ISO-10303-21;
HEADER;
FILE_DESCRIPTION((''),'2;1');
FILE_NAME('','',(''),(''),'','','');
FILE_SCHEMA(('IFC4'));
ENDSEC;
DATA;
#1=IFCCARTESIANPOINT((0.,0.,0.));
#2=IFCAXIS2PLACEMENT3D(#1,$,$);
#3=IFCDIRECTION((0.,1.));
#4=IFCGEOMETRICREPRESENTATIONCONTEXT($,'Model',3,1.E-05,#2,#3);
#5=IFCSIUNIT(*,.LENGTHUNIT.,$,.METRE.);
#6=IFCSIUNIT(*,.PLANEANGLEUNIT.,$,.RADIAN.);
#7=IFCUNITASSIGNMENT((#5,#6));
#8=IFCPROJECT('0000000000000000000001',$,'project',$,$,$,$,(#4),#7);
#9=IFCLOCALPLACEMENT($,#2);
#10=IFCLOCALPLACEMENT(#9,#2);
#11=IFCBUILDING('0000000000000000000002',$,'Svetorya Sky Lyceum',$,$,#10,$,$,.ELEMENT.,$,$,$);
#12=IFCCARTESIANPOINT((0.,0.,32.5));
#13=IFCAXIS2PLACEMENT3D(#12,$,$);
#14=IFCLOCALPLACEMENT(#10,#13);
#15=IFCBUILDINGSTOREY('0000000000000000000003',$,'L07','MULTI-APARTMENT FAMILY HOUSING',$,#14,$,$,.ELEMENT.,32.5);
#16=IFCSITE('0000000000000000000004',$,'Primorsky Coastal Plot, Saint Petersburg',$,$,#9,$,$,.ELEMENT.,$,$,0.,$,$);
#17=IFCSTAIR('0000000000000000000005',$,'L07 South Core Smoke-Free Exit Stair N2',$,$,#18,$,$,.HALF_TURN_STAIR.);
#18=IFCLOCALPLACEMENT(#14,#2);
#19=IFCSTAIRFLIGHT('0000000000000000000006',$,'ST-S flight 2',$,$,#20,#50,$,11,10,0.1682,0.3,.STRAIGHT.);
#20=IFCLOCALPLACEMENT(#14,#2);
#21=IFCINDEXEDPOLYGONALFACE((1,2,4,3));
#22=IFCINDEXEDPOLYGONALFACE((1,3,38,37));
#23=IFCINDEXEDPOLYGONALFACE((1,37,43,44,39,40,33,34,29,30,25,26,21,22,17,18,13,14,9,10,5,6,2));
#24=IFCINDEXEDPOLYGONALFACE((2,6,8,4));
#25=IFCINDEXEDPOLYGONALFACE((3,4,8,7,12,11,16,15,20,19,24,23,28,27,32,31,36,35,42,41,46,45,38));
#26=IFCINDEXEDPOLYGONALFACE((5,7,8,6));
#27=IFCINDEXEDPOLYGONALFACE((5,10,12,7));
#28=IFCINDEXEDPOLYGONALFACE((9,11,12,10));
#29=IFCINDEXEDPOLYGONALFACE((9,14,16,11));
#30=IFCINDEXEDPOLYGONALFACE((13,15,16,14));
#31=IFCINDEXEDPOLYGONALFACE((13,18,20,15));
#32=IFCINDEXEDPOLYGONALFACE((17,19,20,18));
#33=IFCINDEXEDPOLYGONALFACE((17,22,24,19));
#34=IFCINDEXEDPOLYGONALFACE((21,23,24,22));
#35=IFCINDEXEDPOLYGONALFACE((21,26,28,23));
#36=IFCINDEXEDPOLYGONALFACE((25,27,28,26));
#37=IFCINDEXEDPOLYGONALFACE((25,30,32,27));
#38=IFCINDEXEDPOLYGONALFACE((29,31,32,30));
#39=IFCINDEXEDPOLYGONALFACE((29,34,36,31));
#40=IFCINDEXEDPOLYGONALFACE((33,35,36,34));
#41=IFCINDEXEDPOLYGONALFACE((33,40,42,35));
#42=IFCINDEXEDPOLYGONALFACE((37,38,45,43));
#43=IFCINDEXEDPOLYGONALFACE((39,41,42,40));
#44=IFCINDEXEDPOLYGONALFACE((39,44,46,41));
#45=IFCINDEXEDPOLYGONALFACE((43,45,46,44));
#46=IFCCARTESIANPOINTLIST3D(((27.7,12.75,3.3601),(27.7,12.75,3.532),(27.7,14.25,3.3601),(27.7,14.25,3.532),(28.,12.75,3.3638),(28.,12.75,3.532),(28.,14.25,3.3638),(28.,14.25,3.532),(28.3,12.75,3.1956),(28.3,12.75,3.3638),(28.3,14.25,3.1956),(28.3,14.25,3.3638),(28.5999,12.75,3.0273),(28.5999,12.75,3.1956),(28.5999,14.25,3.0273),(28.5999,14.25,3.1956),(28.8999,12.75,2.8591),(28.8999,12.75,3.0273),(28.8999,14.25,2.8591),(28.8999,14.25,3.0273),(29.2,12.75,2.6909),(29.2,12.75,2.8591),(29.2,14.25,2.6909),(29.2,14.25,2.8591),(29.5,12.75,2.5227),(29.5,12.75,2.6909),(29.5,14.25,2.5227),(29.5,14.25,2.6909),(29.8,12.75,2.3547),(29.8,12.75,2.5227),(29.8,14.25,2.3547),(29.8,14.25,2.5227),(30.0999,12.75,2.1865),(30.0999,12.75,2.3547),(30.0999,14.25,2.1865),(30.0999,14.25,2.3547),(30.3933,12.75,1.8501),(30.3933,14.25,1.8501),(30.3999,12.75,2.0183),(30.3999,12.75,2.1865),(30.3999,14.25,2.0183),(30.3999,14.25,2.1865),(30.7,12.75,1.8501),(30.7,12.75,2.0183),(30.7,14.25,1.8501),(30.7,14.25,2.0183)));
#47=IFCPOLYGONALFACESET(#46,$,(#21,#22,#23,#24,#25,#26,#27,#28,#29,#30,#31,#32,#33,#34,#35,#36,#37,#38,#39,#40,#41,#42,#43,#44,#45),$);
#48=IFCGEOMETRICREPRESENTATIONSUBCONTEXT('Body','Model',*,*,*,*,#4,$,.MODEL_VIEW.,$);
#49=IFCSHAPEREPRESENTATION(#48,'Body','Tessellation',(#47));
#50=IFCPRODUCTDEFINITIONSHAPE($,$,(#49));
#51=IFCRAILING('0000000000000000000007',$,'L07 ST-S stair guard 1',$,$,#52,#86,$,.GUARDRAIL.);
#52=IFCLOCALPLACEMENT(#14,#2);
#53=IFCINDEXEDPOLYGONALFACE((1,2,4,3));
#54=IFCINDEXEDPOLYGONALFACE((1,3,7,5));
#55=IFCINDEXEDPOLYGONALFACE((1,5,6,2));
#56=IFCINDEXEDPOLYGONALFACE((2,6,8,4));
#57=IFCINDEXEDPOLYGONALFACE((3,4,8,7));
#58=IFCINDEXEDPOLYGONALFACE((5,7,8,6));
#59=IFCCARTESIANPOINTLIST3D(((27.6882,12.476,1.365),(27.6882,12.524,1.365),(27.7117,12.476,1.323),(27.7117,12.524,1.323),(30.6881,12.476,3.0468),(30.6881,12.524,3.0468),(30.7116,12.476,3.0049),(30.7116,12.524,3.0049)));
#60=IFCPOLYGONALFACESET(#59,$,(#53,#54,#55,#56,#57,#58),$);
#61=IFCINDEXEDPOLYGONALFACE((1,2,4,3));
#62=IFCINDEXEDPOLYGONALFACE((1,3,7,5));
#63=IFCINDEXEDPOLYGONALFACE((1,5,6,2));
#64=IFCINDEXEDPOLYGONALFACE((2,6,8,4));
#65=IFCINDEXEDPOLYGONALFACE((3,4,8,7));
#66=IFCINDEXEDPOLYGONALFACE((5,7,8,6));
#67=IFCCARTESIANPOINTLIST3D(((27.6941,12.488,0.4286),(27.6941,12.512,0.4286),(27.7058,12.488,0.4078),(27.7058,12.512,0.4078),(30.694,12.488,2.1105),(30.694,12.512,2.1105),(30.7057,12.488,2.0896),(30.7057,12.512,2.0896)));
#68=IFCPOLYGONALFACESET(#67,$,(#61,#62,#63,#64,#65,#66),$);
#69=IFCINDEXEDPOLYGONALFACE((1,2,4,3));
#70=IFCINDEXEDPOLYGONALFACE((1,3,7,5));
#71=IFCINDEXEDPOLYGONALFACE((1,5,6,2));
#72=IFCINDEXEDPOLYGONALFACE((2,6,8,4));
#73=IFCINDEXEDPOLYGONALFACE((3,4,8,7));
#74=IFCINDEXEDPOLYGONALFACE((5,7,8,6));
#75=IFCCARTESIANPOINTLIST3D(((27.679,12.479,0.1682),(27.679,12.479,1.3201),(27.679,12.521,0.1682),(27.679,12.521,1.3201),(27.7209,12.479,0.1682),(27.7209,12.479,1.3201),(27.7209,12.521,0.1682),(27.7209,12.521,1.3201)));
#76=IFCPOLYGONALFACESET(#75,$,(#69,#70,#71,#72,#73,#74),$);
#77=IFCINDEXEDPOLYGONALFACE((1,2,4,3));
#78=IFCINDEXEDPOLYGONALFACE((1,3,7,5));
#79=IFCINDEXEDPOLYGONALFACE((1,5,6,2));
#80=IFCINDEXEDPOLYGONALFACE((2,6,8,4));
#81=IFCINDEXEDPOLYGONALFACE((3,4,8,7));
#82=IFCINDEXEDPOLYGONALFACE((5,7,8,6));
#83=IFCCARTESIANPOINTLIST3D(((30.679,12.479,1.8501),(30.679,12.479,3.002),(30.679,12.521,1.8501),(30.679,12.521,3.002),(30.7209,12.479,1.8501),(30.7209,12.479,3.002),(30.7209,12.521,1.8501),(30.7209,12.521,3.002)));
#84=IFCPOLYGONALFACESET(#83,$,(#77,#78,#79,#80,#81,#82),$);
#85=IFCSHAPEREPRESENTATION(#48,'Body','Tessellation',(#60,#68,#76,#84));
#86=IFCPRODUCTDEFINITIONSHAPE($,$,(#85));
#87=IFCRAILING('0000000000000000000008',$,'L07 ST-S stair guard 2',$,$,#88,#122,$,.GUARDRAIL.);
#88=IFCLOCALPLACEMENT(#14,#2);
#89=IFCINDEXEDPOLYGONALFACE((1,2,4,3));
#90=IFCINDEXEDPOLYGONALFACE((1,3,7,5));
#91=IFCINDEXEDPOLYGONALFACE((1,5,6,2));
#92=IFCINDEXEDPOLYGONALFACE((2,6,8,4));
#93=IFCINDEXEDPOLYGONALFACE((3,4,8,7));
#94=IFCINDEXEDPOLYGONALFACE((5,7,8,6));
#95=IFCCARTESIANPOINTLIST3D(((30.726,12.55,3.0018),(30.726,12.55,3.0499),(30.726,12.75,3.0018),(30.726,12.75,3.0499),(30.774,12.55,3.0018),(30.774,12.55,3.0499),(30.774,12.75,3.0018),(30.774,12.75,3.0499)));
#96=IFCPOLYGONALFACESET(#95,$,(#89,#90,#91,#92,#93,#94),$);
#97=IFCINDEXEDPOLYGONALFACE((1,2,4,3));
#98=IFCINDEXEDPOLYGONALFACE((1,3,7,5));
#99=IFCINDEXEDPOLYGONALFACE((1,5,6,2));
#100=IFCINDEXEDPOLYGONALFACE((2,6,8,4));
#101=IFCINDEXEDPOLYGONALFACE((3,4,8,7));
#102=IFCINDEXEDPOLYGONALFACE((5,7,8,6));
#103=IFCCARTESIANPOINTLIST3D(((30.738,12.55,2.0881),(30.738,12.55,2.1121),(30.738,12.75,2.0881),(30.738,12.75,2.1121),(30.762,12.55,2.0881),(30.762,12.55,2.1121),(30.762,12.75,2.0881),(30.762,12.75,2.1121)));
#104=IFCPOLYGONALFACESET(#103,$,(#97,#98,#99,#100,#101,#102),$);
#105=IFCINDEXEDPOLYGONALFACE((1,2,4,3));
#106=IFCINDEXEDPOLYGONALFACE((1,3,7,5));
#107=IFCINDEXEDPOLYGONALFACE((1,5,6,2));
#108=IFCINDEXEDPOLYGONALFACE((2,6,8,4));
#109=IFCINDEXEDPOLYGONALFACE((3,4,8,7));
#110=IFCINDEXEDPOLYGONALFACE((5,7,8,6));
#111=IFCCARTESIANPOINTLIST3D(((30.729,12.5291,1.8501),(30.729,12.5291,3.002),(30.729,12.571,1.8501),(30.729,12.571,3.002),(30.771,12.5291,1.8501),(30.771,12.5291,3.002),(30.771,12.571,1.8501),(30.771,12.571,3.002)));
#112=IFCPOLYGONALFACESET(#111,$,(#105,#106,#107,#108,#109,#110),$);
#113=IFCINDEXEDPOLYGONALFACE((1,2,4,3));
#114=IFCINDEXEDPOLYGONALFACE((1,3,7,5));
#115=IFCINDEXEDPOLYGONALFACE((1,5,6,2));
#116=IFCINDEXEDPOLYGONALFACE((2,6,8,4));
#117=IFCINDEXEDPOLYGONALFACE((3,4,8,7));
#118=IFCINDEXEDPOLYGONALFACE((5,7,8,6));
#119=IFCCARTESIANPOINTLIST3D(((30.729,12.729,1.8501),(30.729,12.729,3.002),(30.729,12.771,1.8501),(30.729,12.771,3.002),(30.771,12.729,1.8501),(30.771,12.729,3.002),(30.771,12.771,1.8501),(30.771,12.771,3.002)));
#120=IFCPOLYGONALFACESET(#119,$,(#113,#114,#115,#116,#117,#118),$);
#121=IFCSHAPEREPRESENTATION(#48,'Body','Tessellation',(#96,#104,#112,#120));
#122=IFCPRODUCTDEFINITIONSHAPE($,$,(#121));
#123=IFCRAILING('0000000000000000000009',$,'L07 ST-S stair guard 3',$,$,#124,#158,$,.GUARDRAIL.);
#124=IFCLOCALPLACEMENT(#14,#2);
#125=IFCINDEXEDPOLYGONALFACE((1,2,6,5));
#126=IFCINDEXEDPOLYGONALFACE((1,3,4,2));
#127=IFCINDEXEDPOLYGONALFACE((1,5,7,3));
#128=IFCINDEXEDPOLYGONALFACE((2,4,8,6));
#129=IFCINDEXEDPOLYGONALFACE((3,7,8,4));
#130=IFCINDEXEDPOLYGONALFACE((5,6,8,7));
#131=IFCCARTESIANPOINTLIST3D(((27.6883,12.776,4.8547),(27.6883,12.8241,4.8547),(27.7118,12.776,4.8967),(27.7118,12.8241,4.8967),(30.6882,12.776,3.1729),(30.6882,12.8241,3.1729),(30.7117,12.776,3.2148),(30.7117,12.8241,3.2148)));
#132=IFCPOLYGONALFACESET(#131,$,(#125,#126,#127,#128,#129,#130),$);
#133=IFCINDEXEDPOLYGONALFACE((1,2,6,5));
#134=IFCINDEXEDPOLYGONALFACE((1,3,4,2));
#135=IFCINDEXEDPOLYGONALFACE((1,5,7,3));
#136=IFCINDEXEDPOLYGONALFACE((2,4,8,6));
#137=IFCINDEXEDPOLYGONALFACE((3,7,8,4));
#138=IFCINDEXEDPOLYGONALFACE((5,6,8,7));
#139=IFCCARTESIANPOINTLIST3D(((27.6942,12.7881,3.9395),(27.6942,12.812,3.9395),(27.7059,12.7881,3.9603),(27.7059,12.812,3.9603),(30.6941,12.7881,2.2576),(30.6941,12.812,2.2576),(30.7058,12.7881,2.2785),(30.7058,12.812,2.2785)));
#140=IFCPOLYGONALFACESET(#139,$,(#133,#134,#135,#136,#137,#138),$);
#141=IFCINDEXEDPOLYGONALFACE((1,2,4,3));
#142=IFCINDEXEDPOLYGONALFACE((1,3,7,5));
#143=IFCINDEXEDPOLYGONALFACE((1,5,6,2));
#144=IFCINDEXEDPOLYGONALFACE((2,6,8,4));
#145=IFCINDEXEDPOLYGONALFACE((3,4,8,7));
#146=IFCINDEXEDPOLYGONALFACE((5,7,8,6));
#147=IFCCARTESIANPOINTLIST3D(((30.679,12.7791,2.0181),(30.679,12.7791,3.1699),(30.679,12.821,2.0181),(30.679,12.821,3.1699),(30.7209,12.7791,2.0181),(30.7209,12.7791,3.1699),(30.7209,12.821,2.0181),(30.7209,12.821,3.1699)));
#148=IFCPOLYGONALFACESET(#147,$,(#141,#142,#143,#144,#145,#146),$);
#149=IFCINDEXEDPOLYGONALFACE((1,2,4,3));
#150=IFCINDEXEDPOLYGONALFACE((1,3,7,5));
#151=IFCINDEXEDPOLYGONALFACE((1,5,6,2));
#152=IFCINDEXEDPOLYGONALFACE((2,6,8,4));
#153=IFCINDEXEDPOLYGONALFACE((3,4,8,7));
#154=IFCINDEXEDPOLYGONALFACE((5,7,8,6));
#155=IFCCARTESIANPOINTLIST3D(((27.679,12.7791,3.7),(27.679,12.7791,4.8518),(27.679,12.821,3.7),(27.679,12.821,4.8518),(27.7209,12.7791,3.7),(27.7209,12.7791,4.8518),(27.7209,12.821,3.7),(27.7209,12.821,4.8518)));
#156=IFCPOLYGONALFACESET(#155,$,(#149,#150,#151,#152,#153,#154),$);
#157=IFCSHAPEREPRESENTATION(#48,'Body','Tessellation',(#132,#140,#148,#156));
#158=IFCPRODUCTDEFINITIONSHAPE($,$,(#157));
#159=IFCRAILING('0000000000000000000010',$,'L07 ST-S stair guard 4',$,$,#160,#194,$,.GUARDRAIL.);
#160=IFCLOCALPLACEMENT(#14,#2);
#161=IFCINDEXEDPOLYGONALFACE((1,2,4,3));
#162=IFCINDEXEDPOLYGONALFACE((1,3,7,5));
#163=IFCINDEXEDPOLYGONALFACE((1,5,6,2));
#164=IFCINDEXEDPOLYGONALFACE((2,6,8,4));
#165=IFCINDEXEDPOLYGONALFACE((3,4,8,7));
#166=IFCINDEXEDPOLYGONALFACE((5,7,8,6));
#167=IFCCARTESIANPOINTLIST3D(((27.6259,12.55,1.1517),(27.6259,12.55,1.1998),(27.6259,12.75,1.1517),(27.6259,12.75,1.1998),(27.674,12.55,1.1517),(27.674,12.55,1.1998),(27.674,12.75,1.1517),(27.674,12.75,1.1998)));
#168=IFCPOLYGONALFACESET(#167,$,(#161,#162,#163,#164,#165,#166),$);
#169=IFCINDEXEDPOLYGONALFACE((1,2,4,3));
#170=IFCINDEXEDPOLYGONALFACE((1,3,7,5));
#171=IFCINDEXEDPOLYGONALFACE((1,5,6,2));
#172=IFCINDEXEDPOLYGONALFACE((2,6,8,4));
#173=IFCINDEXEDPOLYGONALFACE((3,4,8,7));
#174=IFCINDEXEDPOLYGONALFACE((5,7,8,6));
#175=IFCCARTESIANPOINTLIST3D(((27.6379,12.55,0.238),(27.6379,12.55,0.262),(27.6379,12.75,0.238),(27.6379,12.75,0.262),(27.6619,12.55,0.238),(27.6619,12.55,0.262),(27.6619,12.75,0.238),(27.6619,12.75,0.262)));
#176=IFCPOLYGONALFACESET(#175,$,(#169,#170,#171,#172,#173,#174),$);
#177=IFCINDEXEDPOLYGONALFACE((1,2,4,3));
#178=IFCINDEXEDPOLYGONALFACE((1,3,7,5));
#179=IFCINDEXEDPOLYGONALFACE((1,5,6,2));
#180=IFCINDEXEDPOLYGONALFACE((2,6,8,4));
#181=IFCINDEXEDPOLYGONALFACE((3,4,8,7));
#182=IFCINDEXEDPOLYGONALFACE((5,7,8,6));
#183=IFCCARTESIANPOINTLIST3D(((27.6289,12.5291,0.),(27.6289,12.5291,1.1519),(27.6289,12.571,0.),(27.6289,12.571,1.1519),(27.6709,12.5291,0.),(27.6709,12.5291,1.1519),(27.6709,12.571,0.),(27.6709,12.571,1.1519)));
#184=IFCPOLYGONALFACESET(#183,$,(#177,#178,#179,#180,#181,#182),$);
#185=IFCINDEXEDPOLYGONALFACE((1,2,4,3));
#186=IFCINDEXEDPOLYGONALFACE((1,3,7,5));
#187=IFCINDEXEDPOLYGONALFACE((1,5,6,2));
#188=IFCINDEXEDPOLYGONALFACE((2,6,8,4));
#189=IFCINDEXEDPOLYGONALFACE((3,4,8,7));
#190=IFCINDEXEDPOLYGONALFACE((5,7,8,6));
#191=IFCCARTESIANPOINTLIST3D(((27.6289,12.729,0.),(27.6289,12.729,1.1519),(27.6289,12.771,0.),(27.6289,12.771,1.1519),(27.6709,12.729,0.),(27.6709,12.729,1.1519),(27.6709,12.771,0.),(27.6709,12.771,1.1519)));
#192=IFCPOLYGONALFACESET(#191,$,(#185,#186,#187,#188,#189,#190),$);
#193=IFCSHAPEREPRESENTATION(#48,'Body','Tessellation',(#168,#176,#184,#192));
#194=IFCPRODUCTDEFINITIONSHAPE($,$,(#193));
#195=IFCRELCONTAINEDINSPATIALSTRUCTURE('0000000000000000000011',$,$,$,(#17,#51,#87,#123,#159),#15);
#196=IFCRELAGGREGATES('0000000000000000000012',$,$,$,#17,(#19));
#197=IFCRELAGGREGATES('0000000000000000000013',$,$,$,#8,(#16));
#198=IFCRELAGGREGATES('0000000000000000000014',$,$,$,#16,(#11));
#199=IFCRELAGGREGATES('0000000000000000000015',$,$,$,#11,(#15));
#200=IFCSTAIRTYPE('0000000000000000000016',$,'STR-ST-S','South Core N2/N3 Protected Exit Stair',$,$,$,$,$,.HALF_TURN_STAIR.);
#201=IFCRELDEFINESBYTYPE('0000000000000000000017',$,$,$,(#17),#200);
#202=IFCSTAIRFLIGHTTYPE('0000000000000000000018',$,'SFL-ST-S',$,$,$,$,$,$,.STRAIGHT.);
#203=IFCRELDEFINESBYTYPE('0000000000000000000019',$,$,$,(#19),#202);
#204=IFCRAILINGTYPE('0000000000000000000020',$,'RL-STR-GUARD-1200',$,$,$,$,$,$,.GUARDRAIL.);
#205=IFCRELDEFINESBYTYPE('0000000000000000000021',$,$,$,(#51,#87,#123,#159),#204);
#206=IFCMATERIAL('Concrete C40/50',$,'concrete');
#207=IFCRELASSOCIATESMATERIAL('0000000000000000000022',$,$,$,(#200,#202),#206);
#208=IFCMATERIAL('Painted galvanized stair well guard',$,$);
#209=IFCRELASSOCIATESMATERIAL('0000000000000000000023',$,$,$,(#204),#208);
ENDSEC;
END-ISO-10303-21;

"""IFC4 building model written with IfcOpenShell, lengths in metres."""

from ifc_helpers import new_model, si_unit, direction, frame, origin, origin_2d, place, context, subcontext, project, spatial, polyline, rectangle, outline, extrude, material, type_object, element, aggregate, save


model = new_model("IFC4")

# Units and contexts
model_context = context("Model", 3, precision=1e-05, world=origin(), true_north=direction((0.0, 1.0)))
body_context = subcontext(model_context, "Body", "Model", "MODEL_VIEW")
ifc_project = project(units=[si_unit("LENGTHUNIT", "METRE"), si_unit("PLANEANGLEUNIT", "RADIAN")], contexts=[model_context])

# Site, building, storey
site_placement = place(None, origin())
site = spatial("IfcSite", under=ifc_project, at=site_placement, Name="Primorsky Coastal Plot, Saint Petersburg", CompositionType="ELEMENT", RefElevation=0.0)
building_placement = place(site_placement, origin())
building = spatial("IfcBuilding", under=site, at=building_placement, Name="Svetorya Sky Lyceum", CompositionType="ELEMENT")
storey_placement = place(building_placement, frame((0.0, 0.0, 32.5)))
storey = spatial("IfcBuildingStorey", under=building, at=storey_placement, Name="L07", Description="MULTI-APARTMENT FAMILY HOUSING", CompositionType="ELEMENT", Elevation=32.5)

# Stair, stair flight
ifc_material_1 = material(Name="Concrete C40/50", Category="concrete")
stair_type = type_object("IfcStairType", Name="STR-ST-S", Description="South Core N2/N3 Protected Exit Stair", PredefinedType="HALF_TURN_STAIR", material=ifc_material_1)
stair_placement = place(storey_placement, origin())
stair = element("IfcStair", 1, at=stair_placement, inside=storey, type_object=stair_type, Name="L07 South Core Smoke-Free Exit Stair N2", PredefinedType="HALF_TURN_STAIR")
stair_flight_type = type_object("IfcStairFlightType", Name="SFL-ST-S", PredefinedType="STRAIGHT", material=ifc_material_1)
stair_flight_placement = place(storey_placement, frame((30.7, 13.5, 1.8501), z_axis=(0.0, 0.0, 1.0), x_axis=(-1.0, 0.0, 0.0)))
stair_flight = element("IfcStairFlight", 2, at=stair_flight_placement, type_object=stair_flight_type, Name="ST-S flight 2", NumberOfRisers=11, NumberOfTreads=10, PredefinedType="STRAIGHT", RiserHeight=0.1682, TreadLength=0.3, context=body_context, shape_type="SweptSolid", body=[
    extrude(outline(polyline([(0.0, 0.0), (0.0, 0.1682), (0.3, 0.1682), (0.3, 0.3364), (0.6001, 0.3364), (0.6001, 0.5046), (0.8999, 0.5046), (0.8999, 0.6726), (1.2, 0.6726), (1.2, 0.8408), (1.5, 0.8408), (1.5, 1.009), (1.8, 1.009), (1.8, 1.1772), (2.1001, 1.1772), (2.1001, 1.3455), (2.3999, 1.3455), (2.3999, 1.5137), (2.7, 1.5137), (2.7, 1.6819), (3.0, 1.6819), (3.0, 1.8501), (3.0, 1.51), (0.3066, 0.0), (0.0, 0.0)])), frame((0.0, 0.75, 0.0), z_axis=(0.0, -1.0, 0.0), x_axis=(1.0, 0.0, 0.0)), (0.0, 0.0, 1.0), 1.5),
])
aggregate(stair, [stair_flight])

# Railings
ifc_material_2 = material(Name="Painted galvanized stair well guard")
railing_type_1 = type_object("IfcRailingType", Name="RL-STR-GUARD-1200", PredefinedType="GUARDRAIL", material=ifc_material_2)
railing_1_placement = place(storey_placement, frame((27.7, 12.5, 0.1682)))
element("IfcRailing", 3, at=railing_1_placement, inside=storey, type_object=railing_type_1, Name="L07 ST-S stair guard 1", PredefinedType="GUARDRAIL", context=body_context, shape_type="SweptSolid", body=[
    extrude(rectangle(XDim=0.0481, YDim=0.0481, at=origin_2d()), frame((0.0, 0.0, 1.1758), z_axis=(0.872272, 0.0, 0.48902), x_axis=(0.0, 1.0, 0.0)), (0.0, 0.0, 1.0), 3.4392),
    extrude(rectangle(XDim=0.0239, YDim=0.0239, at=origin_2d()), frame((0.0, 0.0, 0.25), z_axis=(0.872272, 0.0, 0.48902), x_axis=(0.0, 1.0, 0.0)), (0.0, 0.0, 1.0), 3.4392),
    extrude(rectangle(XDim=0.042, YDim=0.042, at=origin_2d()), origin(), (0.0, 0.0, 1.0), 1.1519),
    extrude(rectangle(XDim=0.042, YDim=0.042, at=origin_2d()), frame((3.0, 0.0, 1.6819)), (0.0, 0.0, 1.0), 1.1519),
])
railing_2_placement = place(storey_placement, frame((30.75, 12.55, 1.8501)))
element("IfcRailing", 4, at=railing_2_placement, inside=storey, type_object=railing_type_1, Name="L07 ST-S stair guard 2", PredefinedType="GUARDRAIL", context=body_context, shape_type="SweptSolid", body=[
    extrude(rectangle(XDim=0.0481, YDim=0.0481, at=origin_2d()), frame((0.0, 0.0, 1.1758), z_axis=(0.0, 1.0, 0.0), x_axis=(-1.0, 0.0, 0.0)), (0.0, 0.0, 1.0), 0.2),
    extrude(rectangle(XDim=0.0239, YDim=0.0239, at=origin_2d()), frame((0.0, 0.0, 0.25), z_axis=(0.0, 1.0, 0.0), x_axis=(-1.0, 0.0, 0.0)), (0.0, 0.0, 1.0), 0.2),
    extrude(rectangle(XDim=0.042, YDim=0.042, at=origin_2d()), origin(), (0.0, 0.0, 1.0), 1.1519),
    extrude(rectangle(XDim=0.042, YDim=0.042, at=origin_2d()), frame((0.0, 0.2, 0.0)), (0.0, 0.0, 1.0), 1.1519),
])
railing_3_placement = place(storey_placement, frame((30.7, 12.8, 2.0181)))
element("IfcRailing", 5, at=railing_3_placement, inside=storey, type_object=railing_type_1, Name="L07 ST-S stair guard 3", PredefinedType="GUARDRAIL", context=body_context, shape_type="SweptSolid", body=[
    extrude(rectangle(XDim=0.0481, YDim=0.0481, at=origin_2d()), frame((0.0, 0.0, 1.1758), z_axis=(-0.872272, 0.0, 0.48902), x_axis=(0.0, -1.0, 0.0)), (0.0, 0.0, 1.0), 3.4392),
    extrude(rectangle(XDim=0.0239, YDim=0.0239, at=origin_2d()), frame((0.0, 0.0, 0.25), z_axis=(-0.872272, 0.0, 0.48902), x_axis=(0.0, -1.0, 0.0)), (0.0, 0.0, 1.0), 3.4392),
    extrude(rectangle(XDim=0.042, YDim=0.042, at=origin_2d()), origin(), (0.0, 0.0, 1.0), 1.1519),
    extrude(rectangle(XDim=0.042, YDim=0.042, at=origin_2d()), frame((-3.0, 0.0, 1.6819)), (0.0, 0.0, 1.0), 1.1519),
])
railing_4_placement = place(storey_placement, frame((27.6499, 12.55, 0.0)))
element("IfcRailing", 6, at=railing_4_placement, inside=storey, type_object=railing_type_1, Name="L07 ST-S stair guard 4", PredefinedType="GUARDRAIL", context=body_context, shape_type="SweptSolid", body=[
    extrude(rectangle(XDim=0.0481, YDim=0.0481, at=origin_2d()), frame((0.0, 0.0, 1.1758), z_axis=(0.0, 1.0, 0.0), x_axis=(-1.0, 0.0, 0.0)), (0.0, 0.0, 1.0), 0.2),
    extrude(rectangle(XDim=0.0239, YDim=0.0239, at=origin_2d()), frame((0.0, 0.0, 0.25), z_axis=(0.0, 1.0, 0.0), x_axis=(-1.0, 0.0, 0.0)), (0.0, 0.0, 1.0), 0.2),
    extrude(rectangle(XDim=0.042, YDim=0.042, at=origin_2d()), origin(), (0.0, 0.0, 1.0), 1.1519),
    extrude(rectangle(XDim=0.042, YDim=0.042, at=origin_2d()), frame((0.0, 0.2, 0.0)), (0.0, 0.0, 1.0), 1.1519),
])

save(model, "model.ifc")
